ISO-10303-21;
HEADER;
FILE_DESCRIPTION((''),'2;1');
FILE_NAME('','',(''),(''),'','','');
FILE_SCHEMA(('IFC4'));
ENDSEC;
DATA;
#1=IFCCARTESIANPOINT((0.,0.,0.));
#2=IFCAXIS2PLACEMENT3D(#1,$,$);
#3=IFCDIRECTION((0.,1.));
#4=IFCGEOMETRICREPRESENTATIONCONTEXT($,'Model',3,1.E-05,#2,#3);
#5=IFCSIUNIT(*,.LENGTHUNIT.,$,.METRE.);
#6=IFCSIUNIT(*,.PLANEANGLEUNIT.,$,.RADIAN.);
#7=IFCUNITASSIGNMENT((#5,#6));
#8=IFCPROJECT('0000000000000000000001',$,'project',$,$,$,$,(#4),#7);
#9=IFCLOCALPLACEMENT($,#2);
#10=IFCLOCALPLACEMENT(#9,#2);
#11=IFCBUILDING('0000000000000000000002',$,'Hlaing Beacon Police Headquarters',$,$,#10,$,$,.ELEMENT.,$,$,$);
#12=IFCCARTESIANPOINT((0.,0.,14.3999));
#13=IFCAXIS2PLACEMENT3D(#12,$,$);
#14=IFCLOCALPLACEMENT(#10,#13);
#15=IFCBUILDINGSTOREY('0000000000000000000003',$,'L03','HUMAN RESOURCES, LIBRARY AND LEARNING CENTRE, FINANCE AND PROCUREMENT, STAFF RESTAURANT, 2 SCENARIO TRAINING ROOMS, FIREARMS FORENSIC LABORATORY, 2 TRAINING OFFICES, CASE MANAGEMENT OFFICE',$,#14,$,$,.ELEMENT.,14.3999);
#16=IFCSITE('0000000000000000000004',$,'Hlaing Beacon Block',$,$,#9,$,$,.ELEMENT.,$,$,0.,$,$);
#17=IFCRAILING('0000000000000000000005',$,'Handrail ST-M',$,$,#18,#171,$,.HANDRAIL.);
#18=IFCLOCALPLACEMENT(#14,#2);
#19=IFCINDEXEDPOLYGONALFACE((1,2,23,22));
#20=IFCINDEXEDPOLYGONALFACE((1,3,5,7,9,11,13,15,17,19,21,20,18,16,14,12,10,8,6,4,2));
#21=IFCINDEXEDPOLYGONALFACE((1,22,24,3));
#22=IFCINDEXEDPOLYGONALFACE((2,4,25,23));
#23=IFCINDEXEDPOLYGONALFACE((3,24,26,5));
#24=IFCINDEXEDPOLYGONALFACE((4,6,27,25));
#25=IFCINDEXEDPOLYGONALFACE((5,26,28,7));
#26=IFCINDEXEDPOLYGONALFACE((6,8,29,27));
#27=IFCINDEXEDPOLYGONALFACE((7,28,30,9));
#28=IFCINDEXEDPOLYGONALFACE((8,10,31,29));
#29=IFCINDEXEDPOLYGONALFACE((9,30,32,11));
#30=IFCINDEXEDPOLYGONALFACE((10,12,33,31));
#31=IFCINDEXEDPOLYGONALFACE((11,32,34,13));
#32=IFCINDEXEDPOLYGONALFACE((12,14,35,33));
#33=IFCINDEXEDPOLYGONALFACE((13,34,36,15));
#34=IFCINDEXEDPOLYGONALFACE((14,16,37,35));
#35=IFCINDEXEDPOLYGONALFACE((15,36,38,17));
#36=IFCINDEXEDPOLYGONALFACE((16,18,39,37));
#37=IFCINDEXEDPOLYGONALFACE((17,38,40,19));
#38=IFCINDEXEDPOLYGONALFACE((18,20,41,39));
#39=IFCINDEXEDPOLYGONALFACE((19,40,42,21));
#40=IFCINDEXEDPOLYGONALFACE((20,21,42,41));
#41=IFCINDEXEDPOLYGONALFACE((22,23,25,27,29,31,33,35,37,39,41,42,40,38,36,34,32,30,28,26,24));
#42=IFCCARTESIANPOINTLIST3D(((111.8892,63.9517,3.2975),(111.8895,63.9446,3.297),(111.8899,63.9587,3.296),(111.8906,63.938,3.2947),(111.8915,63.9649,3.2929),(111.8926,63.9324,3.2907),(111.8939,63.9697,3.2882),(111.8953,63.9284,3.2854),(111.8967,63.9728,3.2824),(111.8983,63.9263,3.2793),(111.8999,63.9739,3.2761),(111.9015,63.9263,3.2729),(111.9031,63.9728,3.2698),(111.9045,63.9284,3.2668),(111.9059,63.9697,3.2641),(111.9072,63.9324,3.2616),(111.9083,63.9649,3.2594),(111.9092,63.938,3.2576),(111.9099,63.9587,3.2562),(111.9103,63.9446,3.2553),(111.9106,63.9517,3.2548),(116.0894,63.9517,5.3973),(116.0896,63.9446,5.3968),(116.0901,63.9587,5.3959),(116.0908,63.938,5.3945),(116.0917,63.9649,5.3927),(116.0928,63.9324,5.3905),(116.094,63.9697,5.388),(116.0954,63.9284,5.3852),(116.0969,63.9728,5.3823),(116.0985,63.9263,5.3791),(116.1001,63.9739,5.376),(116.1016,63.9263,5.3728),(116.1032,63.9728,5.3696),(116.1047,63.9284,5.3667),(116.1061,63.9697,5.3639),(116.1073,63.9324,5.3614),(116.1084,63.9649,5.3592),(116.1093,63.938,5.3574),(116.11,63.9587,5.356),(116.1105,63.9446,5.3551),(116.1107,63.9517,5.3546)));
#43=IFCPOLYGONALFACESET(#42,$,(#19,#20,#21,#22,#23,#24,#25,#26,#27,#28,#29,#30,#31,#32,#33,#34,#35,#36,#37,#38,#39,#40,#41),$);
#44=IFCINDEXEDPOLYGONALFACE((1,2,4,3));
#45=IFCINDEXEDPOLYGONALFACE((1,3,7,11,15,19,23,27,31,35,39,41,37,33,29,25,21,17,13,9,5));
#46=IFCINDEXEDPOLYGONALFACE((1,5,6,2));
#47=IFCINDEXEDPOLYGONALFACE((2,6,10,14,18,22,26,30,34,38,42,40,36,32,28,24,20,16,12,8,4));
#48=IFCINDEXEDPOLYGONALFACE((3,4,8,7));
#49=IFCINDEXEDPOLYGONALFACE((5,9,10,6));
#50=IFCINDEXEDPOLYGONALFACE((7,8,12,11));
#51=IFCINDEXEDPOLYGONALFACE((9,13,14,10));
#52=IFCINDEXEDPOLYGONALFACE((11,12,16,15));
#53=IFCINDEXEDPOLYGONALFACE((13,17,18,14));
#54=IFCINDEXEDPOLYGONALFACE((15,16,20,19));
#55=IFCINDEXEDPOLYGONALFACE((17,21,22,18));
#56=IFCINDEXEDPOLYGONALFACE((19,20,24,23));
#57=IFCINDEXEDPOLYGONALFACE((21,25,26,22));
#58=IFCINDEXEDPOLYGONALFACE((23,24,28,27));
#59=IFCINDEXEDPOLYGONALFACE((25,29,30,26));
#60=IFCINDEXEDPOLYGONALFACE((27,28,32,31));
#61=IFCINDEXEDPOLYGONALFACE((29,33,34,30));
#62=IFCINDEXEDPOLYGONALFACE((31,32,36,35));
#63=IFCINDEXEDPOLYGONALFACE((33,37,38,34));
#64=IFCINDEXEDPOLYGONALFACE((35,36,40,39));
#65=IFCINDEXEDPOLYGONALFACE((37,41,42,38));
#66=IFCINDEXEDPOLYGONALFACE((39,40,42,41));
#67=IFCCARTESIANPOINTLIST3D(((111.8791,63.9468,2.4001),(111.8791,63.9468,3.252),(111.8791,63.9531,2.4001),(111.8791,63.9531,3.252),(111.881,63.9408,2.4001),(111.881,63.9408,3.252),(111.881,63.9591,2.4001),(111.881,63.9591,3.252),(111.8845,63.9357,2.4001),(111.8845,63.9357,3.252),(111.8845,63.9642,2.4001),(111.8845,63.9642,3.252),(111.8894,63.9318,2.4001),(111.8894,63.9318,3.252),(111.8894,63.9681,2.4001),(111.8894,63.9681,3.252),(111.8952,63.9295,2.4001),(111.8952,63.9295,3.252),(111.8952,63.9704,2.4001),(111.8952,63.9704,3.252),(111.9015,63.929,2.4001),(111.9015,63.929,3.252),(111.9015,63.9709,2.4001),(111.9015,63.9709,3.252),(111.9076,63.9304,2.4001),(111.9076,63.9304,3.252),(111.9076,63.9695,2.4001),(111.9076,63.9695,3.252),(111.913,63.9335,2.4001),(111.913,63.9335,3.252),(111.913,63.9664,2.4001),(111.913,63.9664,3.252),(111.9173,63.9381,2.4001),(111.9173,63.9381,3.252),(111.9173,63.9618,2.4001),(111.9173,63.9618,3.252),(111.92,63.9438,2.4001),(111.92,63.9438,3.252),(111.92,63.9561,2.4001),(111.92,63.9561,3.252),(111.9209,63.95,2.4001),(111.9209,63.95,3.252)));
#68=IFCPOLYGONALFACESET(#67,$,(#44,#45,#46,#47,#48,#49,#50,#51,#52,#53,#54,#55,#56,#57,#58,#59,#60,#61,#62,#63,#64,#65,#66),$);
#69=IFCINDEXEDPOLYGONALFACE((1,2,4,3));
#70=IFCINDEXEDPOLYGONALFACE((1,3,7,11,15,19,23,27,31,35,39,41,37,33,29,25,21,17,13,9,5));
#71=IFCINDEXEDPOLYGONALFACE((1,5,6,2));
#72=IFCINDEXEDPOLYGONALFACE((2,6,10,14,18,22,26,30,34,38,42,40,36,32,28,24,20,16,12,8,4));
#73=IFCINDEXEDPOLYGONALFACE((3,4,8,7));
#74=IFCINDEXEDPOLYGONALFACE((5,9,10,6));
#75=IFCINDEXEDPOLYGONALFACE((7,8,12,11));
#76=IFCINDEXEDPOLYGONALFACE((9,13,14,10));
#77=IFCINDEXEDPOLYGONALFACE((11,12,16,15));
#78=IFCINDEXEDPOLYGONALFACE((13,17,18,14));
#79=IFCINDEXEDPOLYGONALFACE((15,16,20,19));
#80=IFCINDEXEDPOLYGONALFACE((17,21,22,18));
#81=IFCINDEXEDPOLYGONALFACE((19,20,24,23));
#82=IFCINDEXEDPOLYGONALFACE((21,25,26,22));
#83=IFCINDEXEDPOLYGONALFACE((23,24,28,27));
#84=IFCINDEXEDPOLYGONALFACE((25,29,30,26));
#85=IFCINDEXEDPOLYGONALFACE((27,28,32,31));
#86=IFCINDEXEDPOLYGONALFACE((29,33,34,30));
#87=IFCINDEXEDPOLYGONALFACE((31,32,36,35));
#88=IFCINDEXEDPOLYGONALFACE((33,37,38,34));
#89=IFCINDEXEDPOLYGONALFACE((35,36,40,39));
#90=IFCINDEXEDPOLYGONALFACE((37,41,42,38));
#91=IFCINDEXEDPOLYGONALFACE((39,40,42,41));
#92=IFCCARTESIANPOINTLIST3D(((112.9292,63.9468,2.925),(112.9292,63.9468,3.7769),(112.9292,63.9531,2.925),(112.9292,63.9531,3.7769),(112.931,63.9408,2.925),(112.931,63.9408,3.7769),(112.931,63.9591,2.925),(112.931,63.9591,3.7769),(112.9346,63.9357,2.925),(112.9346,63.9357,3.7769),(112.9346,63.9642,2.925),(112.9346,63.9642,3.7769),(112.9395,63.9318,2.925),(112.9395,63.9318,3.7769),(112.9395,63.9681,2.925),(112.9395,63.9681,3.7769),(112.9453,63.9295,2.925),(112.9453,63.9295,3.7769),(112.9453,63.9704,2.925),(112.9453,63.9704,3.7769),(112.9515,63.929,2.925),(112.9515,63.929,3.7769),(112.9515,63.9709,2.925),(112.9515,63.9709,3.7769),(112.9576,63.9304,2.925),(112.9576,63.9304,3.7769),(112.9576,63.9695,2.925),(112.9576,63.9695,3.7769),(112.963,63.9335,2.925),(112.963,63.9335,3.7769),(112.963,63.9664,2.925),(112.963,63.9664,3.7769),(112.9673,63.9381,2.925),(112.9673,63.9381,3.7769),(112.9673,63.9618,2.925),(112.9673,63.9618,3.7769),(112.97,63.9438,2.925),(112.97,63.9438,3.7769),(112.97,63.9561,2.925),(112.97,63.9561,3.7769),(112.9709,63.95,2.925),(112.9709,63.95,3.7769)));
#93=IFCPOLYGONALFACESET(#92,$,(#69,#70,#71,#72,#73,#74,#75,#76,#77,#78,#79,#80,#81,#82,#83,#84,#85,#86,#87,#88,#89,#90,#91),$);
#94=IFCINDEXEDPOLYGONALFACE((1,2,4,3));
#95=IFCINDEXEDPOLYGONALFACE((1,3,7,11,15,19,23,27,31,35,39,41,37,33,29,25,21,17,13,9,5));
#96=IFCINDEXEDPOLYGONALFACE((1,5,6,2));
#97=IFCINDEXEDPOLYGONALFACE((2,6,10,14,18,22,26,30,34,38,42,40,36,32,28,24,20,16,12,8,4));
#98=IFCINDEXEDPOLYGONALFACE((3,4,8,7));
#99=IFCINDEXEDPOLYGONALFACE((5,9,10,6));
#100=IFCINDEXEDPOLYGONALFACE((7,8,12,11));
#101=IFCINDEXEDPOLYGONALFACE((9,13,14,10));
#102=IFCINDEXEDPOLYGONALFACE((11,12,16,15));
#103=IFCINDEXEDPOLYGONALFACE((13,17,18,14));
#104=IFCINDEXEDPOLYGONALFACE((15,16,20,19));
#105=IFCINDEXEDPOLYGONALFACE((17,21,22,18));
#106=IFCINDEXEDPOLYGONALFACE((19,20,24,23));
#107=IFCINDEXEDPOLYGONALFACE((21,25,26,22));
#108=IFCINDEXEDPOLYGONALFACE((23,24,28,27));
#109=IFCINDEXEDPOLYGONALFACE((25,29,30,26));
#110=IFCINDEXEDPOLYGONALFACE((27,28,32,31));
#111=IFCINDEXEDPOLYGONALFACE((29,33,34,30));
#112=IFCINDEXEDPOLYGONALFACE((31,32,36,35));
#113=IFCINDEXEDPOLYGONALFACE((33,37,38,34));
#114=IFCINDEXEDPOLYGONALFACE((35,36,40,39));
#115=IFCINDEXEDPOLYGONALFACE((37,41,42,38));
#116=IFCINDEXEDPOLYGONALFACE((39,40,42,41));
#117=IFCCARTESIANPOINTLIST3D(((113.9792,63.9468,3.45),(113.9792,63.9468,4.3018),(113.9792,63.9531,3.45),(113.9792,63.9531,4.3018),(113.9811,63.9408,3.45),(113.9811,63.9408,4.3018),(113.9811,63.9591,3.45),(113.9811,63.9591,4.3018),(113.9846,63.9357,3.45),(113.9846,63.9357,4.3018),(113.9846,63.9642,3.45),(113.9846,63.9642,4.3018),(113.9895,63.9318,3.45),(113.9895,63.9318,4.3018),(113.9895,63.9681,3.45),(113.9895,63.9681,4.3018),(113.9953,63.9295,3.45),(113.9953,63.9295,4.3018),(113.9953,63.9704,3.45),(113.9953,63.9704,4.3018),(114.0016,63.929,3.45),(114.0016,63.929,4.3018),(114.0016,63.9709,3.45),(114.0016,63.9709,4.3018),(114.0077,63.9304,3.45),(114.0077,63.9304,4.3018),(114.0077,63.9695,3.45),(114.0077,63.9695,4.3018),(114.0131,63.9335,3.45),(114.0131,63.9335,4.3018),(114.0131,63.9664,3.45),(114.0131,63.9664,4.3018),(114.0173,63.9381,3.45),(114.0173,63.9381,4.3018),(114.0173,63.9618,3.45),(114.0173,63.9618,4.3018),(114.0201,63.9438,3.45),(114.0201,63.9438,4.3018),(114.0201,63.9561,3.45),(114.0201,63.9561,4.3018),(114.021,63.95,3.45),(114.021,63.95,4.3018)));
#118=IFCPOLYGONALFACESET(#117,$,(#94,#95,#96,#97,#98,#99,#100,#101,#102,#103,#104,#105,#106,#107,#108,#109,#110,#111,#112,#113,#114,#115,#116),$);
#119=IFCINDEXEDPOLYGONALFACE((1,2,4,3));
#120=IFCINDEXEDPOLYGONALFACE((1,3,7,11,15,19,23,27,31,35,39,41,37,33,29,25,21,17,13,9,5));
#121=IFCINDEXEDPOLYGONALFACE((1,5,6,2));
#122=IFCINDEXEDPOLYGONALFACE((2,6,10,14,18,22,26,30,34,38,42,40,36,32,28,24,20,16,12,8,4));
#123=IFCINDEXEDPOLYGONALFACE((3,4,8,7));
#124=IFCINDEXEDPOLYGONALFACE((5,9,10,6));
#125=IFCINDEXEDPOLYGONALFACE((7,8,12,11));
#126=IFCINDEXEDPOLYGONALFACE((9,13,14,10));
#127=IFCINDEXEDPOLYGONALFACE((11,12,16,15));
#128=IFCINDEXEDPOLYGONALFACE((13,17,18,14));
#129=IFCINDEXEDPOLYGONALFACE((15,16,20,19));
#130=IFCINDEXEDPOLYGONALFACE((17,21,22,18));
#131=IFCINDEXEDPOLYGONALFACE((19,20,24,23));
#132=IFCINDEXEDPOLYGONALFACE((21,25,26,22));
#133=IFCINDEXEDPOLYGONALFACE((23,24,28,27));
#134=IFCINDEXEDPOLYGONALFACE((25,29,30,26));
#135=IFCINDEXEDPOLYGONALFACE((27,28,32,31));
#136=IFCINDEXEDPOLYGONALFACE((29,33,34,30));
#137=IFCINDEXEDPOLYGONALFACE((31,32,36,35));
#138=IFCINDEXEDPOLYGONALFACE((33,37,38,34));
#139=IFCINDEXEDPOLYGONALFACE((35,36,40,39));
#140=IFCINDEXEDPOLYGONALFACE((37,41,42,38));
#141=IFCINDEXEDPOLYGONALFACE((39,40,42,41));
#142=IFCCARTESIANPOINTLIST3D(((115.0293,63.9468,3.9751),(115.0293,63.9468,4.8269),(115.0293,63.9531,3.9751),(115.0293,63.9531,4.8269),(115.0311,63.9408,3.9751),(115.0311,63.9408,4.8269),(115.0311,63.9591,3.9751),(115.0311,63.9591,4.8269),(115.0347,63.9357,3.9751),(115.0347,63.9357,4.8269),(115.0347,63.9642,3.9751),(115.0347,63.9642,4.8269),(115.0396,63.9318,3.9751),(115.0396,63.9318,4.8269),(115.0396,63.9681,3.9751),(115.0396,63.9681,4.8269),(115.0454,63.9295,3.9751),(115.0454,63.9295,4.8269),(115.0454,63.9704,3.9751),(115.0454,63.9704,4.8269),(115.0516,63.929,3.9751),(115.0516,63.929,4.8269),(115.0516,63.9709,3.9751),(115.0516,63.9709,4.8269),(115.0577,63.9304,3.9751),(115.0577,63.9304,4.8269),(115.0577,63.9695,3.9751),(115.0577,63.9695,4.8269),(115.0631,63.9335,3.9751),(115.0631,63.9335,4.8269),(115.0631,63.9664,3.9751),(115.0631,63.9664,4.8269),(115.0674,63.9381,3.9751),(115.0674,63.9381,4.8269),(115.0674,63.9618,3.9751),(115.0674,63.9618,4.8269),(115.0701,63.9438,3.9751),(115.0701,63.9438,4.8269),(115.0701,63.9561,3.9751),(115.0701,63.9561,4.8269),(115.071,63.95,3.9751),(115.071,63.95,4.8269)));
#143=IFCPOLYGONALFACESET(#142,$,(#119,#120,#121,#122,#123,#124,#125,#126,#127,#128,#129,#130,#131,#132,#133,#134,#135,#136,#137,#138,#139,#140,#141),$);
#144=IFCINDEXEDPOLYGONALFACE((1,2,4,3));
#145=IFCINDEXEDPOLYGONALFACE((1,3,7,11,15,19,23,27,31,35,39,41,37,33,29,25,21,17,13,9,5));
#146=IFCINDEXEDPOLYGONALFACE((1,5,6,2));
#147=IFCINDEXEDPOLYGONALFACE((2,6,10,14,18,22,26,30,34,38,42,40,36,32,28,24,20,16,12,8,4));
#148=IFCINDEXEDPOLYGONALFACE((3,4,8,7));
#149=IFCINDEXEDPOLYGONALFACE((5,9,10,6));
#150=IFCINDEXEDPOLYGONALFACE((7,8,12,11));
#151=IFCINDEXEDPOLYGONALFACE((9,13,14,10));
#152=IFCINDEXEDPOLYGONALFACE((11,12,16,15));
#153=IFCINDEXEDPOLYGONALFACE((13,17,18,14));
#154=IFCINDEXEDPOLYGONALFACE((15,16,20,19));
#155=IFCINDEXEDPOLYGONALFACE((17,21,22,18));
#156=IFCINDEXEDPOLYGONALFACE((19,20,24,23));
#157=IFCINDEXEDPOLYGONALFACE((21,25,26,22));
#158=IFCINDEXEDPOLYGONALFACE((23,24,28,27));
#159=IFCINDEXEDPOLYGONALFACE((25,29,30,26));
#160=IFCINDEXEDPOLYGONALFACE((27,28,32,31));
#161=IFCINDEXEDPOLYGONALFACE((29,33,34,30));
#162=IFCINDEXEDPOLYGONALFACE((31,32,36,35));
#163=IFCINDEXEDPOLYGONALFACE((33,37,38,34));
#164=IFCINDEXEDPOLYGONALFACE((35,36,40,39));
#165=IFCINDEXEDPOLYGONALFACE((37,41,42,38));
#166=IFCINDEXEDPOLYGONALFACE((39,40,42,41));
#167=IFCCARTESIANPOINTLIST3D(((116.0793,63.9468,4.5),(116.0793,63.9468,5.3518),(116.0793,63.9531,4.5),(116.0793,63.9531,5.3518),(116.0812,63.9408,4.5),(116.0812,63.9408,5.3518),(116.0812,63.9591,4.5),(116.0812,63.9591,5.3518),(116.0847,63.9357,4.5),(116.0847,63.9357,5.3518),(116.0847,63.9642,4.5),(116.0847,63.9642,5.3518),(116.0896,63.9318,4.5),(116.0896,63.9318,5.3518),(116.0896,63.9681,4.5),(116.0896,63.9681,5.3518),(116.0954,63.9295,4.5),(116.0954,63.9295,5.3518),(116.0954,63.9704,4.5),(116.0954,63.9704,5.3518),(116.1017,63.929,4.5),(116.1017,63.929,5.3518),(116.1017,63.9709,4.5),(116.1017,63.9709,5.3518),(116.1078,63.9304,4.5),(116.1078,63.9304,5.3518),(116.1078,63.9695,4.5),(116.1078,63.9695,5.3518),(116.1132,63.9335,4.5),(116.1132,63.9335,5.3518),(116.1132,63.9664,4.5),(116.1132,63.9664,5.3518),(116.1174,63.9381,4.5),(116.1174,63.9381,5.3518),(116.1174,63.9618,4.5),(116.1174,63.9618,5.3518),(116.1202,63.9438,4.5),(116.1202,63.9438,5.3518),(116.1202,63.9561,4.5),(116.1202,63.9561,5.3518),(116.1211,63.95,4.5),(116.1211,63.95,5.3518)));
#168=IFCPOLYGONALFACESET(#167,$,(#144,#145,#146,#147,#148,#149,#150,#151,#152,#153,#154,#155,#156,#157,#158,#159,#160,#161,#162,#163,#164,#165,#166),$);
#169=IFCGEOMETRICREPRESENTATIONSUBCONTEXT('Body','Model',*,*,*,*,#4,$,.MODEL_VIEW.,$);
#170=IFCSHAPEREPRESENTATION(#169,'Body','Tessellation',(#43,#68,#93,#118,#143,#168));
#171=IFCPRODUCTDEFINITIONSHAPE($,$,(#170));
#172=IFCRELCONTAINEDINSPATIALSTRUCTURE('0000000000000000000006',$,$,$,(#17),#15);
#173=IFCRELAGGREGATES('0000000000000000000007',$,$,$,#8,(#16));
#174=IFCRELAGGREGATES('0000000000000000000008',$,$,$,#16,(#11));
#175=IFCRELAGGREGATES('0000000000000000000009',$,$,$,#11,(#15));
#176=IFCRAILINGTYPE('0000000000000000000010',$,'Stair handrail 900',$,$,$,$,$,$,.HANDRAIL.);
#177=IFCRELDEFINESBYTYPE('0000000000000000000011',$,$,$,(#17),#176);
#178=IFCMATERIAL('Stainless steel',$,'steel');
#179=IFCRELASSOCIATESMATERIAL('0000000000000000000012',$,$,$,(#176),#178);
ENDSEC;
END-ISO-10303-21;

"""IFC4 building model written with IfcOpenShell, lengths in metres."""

from ifc_helpers import new_model, si_unit, direction, frame, origin, origin_2d, place, context, subcontext, project, spatial, circle, extrude, material, type_object, element, save


model = new_model("IFC4")

# Units and contexts
model_context = context("Model", 3, precision=1e-05, world=origin(), true_north=direction((0.0, 1.0)))
body_context = subcontext(model_context, "Body", "Model", "MODEL_VIEW")
ifc_project = project(units=[si_unit("LENGTHUNIT", "METRE"), si_unit("PLANEANGLEUNIT", "RADIAN")], contexts=[model_context])

# Site, building, storey
site_placement = place(None, origin())
site = spatial("IfcSite", under=ifc_project, at=site_placement, Name="Hlaing Beacon Block", CompositionType="ELEMENT", RefElevation=0.0)
building_placement = place(site_placement, origin())
building = spatial("IfcBuilding", under=site, at=building_placement, Name="Hlaing Beacon Police Headquarters", CompositionType="ELEMENT")
storey_placement = place(building_placement, frame((0.0, 0.0, 14.3999)))
storey = spatial("IfcBuildingStorey", under=building, at=storey_placement, Name="L03", Description="HUMAN RESOURCES, LIBRARY AND LEARNING CENTRE, FINANCE AND PROCUREMENT, STAFF RESTAURANT, 2 SCENARIO TRAINING ROOMS, FIREARMS FORENSIC LABORATORY, 2 TRAINING OFFICES, CASE MANAGEMENT OFFICE", CompositionType="ELEMENT", Elevation=14.3999)

# Railing
ifc_material_1 = material(Name="Stainless steel", Category="steel")
railing_type_1 = type_object("IfcRailingType", Name="Stair handrail 900", PredefinedType="HANDRAIL", material=ifc_material_1)
for number, where, name in (
    (1, (111.8999, 63.95, 2.4001), "Handrail ST-M"),
):
    element("IfcRailing", number, at=place(storey_placement, frame(where)), inside=storey, type_object=railing_type_1, Name=name, PredefinedType="HANDRAIL", context=body_context, shape_type="SweptSolid", body=[
        extrude(circle(Radius=0.0239, at=origin_2d()), frame((0.0, 0.0, 0.876), z_axis=(0.894448, 0.0, 0.447172), x_axis=(0.0, 1.0, 0.0)), (0.0, 0.0, 1.0), 4.6958),
        extrude(circle(Radius=0.021, at=origin_2d()), origin(), (0.0, 0.0, 1.0), 0.8518),
        extrude(circle(Radius=0.021, at=origin_2d()), frame((1.05, 0.0, 0.5249)), (0.0, 0.0, 1.0), 0.8518),
        extrude(circle(Radius=0.021, at=origin_2d()), frame((2.1001, 0.0, 1.0498)), (0.0, 0.0, 1.0), 0.8518),
        extrude(circle(Radius=0.021, at=origin_2d()), frame((3.1501, 0.0, 1.575)), (0.0, 0.0, 1.0), 0.8518),
        extrude(circle(Radius=0.021, at=origin_2d()), frame((4.2002, 0.0, 2.0999)), (0.0, 0.0, 1.0), 0.8518),
    ])

save(model, "model.ifc")
